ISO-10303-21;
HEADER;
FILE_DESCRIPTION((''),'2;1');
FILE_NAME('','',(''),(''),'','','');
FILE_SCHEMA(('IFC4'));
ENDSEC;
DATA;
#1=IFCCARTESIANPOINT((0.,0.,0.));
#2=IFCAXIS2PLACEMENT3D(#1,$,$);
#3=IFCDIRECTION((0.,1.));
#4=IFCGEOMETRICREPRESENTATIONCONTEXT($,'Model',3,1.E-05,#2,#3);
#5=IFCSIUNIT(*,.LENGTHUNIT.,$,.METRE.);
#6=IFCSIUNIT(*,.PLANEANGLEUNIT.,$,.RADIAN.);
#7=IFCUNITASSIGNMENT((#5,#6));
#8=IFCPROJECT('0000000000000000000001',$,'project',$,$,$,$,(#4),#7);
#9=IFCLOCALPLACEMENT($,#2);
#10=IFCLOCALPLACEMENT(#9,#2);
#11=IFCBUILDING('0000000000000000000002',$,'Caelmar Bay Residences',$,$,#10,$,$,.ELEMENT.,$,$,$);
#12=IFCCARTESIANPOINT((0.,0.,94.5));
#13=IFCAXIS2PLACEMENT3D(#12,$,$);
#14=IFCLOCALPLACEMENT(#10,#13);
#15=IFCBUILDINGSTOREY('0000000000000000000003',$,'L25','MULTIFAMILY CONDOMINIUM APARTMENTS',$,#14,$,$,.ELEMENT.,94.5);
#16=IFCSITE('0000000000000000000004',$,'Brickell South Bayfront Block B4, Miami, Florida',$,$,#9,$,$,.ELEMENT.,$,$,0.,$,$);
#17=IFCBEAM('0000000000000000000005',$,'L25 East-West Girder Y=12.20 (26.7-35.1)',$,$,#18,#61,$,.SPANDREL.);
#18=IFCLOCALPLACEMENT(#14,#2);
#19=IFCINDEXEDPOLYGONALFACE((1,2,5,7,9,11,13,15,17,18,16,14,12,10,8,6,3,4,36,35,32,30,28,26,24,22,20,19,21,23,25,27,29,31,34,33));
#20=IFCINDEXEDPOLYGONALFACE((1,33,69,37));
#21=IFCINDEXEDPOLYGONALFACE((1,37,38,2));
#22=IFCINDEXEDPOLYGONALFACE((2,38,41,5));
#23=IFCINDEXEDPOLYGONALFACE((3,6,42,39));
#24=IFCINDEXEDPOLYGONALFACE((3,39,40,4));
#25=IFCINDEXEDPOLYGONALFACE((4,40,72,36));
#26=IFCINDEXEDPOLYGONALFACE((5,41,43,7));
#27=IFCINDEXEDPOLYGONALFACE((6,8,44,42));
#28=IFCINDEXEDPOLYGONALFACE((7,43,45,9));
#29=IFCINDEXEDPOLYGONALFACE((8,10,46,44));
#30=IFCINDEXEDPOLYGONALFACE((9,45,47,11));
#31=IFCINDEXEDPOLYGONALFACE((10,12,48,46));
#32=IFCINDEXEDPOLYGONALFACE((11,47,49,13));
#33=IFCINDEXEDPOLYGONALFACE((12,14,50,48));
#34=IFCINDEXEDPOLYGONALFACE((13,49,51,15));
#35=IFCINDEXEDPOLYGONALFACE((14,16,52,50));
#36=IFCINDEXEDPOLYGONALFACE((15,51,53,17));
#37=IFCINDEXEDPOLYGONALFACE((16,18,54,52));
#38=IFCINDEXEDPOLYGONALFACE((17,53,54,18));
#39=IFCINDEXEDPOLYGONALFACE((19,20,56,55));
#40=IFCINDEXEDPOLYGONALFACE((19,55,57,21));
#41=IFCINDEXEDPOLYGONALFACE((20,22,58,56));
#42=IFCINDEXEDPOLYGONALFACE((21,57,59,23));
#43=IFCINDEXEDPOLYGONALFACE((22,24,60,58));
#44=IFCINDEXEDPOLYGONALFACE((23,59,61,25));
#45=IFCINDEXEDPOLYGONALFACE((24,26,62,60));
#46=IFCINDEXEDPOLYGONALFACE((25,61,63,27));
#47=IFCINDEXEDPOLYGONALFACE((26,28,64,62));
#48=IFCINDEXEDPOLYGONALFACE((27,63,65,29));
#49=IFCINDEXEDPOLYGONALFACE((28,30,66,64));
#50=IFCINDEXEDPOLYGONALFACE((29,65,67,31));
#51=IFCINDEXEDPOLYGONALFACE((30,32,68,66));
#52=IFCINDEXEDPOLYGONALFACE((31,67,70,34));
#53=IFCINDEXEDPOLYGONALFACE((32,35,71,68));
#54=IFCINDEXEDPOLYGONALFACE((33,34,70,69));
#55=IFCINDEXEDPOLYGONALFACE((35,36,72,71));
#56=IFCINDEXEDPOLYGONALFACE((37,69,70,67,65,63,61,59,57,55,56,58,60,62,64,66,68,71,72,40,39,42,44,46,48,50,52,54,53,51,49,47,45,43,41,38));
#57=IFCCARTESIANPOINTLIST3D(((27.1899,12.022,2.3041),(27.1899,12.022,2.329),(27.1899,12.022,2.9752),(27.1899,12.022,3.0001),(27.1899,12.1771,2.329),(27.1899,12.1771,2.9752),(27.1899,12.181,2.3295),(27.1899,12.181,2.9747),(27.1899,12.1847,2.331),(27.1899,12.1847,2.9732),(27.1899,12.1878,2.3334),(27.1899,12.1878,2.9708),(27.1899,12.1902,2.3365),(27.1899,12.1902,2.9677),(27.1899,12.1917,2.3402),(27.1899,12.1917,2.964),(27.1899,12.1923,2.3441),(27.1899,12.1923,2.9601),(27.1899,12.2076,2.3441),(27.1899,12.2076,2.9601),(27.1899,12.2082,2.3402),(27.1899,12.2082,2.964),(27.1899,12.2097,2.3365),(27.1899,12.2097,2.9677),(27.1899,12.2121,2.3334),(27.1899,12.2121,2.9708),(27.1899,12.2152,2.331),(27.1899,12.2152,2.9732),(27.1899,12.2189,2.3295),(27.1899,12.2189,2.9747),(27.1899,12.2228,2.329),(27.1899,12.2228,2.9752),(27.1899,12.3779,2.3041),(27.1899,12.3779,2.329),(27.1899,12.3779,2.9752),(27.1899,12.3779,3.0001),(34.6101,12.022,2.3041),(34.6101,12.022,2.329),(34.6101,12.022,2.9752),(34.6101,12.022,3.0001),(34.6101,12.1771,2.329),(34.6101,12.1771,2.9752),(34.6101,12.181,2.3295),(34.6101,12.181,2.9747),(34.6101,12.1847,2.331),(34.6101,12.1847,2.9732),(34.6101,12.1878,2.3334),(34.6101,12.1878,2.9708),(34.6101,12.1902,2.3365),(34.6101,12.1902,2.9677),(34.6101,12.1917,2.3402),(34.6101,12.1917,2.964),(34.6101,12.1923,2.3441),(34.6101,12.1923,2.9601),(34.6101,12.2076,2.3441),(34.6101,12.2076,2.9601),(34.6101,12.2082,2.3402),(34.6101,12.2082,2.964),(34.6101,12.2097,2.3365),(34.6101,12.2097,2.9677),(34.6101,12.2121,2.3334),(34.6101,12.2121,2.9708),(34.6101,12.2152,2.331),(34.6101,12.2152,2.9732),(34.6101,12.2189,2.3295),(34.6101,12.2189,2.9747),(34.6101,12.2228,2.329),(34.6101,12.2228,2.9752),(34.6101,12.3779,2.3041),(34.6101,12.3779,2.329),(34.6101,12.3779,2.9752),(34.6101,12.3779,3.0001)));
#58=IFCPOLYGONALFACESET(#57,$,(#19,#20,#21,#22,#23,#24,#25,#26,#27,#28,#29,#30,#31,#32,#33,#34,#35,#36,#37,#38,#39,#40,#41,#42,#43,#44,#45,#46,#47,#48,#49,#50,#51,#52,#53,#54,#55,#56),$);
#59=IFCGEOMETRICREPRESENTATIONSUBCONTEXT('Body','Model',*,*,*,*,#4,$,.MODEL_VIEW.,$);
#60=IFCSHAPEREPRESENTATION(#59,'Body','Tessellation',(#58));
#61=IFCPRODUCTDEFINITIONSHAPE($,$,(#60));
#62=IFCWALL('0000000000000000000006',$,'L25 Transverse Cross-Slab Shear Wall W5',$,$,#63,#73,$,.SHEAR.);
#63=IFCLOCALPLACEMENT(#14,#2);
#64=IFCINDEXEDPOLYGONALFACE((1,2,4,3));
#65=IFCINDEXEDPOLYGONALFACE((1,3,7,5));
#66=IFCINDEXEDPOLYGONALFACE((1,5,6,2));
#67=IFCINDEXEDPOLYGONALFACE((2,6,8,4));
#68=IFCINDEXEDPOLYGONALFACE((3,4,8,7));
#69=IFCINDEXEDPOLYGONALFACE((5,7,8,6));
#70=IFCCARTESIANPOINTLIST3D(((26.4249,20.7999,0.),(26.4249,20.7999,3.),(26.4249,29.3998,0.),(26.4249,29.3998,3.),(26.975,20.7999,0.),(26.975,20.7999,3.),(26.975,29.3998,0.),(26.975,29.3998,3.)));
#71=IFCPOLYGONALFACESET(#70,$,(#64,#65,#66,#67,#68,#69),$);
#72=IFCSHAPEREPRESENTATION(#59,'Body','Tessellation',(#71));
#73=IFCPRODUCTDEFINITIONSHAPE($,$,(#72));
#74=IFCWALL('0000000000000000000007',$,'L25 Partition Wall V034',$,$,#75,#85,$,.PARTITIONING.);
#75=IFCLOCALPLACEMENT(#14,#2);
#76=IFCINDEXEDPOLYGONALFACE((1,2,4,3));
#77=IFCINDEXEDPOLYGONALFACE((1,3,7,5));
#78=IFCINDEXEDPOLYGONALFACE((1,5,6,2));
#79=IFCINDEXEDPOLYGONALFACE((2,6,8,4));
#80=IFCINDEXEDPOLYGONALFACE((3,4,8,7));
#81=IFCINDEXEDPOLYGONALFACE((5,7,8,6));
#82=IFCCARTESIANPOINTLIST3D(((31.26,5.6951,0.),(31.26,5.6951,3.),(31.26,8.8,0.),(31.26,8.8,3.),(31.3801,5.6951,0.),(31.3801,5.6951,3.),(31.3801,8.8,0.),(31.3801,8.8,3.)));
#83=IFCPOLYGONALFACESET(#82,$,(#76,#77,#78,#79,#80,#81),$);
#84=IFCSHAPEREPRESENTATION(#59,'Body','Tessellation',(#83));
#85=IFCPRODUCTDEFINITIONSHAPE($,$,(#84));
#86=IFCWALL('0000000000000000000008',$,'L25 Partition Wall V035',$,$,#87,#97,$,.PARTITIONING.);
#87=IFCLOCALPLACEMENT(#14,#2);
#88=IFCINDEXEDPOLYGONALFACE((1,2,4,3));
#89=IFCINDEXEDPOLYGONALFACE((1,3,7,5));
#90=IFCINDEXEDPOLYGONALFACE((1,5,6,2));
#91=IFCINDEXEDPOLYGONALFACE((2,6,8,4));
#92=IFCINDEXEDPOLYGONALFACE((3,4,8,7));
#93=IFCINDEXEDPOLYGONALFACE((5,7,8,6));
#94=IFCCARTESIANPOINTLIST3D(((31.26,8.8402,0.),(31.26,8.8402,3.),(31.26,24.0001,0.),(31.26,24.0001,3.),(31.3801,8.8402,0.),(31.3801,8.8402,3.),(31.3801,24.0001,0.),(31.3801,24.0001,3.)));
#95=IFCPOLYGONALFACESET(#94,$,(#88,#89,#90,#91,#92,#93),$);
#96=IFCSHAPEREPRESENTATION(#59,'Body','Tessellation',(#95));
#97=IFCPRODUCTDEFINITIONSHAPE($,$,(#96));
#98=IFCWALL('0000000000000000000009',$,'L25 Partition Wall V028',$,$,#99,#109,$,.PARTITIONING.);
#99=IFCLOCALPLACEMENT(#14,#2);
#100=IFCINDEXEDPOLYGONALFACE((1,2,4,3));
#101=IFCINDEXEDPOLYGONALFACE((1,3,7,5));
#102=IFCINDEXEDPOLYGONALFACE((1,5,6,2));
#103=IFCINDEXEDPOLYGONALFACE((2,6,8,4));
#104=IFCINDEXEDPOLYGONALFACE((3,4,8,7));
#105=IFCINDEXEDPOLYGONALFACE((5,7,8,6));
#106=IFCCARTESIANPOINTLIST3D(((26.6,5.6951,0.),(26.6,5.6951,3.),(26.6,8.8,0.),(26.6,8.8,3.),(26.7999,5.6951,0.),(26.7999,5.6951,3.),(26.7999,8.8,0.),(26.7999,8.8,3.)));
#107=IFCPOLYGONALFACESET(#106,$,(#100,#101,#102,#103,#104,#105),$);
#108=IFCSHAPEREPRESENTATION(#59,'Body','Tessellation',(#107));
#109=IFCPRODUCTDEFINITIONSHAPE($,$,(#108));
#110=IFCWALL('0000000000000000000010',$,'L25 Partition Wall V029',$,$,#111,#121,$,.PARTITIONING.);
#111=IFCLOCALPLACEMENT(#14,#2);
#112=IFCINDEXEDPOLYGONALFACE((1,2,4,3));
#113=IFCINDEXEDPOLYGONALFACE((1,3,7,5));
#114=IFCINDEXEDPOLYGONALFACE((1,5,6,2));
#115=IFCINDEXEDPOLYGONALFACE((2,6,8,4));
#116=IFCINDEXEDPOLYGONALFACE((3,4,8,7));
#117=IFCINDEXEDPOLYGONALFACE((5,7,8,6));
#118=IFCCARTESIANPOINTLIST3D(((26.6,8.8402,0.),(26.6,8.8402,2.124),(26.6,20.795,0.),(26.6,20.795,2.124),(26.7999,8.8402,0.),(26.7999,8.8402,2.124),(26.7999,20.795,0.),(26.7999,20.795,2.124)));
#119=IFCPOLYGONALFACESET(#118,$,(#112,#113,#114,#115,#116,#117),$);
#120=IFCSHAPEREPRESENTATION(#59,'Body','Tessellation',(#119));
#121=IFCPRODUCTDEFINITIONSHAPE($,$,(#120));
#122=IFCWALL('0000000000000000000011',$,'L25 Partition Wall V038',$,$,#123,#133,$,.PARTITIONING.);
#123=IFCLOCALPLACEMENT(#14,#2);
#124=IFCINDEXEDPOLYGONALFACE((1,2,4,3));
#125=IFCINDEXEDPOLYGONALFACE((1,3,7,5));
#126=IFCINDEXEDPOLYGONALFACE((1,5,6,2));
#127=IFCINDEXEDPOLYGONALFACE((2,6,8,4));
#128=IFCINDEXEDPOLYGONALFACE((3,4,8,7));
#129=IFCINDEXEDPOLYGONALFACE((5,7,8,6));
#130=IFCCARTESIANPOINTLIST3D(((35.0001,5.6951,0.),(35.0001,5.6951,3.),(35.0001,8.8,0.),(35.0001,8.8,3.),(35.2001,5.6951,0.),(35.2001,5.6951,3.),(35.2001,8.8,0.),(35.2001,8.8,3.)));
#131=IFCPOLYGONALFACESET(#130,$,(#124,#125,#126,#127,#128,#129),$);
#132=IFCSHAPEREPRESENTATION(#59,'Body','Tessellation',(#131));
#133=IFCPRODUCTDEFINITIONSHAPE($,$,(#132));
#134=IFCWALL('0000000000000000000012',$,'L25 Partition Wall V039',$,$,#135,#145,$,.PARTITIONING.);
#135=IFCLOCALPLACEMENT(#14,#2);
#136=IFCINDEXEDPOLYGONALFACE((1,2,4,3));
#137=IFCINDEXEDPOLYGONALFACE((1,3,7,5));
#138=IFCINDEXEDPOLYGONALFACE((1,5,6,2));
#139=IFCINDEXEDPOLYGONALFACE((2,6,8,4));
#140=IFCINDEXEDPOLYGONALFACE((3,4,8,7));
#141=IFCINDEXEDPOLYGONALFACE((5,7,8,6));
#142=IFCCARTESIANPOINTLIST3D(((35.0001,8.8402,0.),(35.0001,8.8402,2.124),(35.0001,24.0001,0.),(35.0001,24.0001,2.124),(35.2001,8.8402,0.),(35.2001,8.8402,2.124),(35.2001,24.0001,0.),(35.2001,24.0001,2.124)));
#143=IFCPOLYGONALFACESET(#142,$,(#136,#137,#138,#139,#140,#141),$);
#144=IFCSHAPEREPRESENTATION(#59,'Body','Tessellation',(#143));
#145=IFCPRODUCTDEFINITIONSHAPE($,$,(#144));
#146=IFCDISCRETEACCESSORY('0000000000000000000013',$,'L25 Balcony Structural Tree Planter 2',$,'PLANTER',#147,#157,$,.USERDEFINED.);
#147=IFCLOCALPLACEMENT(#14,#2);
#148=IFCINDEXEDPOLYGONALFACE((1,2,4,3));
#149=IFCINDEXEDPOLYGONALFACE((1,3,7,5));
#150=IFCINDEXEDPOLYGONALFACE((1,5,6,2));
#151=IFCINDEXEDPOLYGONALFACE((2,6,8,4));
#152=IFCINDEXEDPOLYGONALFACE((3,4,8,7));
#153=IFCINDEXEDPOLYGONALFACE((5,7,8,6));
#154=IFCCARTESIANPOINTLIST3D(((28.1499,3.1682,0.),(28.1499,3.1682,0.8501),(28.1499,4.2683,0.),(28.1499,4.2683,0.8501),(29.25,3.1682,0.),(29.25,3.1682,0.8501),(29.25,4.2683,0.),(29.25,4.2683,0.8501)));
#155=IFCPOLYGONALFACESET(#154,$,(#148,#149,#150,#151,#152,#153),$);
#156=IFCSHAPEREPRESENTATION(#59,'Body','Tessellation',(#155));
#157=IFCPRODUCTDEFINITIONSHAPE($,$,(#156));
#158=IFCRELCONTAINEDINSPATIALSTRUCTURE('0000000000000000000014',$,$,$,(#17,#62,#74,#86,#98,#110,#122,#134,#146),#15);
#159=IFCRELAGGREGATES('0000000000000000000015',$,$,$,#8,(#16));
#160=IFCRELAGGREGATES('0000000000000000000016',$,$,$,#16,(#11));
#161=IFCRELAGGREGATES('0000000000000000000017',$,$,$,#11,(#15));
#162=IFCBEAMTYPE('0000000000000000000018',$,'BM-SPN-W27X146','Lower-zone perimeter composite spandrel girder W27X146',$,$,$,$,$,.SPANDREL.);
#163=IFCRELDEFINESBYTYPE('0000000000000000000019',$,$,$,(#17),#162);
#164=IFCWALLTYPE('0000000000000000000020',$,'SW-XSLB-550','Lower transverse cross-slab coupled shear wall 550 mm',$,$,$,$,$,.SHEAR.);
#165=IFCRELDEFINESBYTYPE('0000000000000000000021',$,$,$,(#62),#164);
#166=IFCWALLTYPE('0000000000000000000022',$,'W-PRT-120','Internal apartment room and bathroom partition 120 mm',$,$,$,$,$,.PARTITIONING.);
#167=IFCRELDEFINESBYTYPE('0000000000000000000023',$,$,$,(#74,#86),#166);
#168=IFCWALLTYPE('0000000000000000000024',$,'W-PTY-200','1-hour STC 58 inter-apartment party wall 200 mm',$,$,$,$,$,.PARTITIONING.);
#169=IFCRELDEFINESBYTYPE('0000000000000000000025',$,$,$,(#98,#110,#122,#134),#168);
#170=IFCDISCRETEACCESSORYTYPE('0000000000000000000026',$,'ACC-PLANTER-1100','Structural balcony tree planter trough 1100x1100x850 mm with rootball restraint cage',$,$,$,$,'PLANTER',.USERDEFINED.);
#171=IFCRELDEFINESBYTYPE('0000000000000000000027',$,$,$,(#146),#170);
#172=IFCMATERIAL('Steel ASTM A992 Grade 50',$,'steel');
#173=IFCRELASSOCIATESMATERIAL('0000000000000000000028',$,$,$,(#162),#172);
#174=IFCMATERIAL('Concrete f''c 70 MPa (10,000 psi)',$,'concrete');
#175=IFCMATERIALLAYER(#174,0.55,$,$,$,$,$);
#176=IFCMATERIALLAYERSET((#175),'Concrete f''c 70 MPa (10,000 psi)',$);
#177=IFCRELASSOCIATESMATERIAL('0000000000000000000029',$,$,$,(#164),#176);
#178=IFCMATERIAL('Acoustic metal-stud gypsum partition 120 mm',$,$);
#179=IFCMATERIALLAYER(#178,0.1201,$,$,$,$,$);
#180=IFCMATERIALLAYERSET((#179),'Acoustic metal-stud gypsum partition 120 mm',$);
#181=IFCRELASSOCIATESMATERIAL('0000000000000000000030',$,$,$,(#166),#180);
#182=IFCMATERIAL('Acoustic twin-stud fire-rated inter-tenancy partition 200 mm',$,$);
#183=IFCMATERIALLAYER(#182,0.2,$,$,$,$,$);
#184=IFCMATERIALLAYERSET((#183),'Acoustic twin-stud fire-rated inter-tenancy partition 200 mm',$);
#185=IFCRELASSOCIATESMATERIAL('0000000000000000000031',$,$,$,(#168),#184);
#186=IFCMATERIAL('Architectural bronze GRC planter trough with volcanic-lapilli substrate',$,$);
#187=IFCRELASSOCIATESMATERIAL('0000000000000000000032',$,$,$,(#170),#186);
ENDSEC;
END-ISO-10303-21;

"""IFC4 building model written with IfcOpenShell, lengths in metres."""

from ifc_helpers import new_model, si_unit, direction, frame, frame_2d, origin, origin_2d, place, context, subcontext, project, spatial, rectangle, i_section, extrude, material, layer, layer_set, material_profile, profile_set, type_object, element, save


model = new_model("IFC4")

# Units and contexts
model_context = context("Model", 3, precision=1e-05, world=origin(), true_north=direction((0.0, 1.0)))
body_context = subcontext(model_context, "Body", "Model", "MODEL_VIEW")
ifc_project = project(units=[si_unit("LENGTHUNIT", "METRE"), si_unit("PLANEANGLEUNIT", "RADIAN")], contexts=[model_context])

# Site, building, storey
site_placement = place(None, origin())
site = spatial("IfcSite", under=ifc_project, at=site_placement, Name="Brickell South Bayfront Block B4, Miami, Florida", CompositionType="ELEMENT", RefElevation=0.0)
building_placement = place(site_placement, origin())
building = spatial("IfcBuilding", under=site, at=building_placement, Name="Caelmar Bay Residences", CompositionType="ELEMENT")
storey_placement = place(building_placement, frame((0.0, 0.0, 94.5)))
storey = spatial("IfcBuildingStorey", under=building, at=storey_placement, Name="L25", Description="MULTIFAMILY CONDOMINIUM APARTMENTS", CompositionType="ELEMENT", Elevation=94.5)

# Shared definitions
ifc_material_1 = material(Name="Concrete f'c 70 MPa (10,000 psi)", Category="concrete")

# Beam
ifc_material_2 = material(Name="Steel ASTM A992 Grade 50", Category="steel")
ifc_material_profile_1 = material_profile(ifc_material_2, i_section(OverallWidth=0.356, OverallDepth=0.696, WebThickness=0.0154, FlangeThickness=0.0249, FilletRadius=0.0151, at=origin_2d()), Name="W27X146")
ifc_profile_set_1 = profile_set([ifc_material_profile_1], Name="Steel ASTM A992 Grade 50")
beam_type_1 = type_object("IfcBeamType", Name="BM-SPN-W27X146", Description="Lower-zone perimeter composite spandrel girder W27X146", PredefinedType="SPANDREL", material=ifc_profile_set_1)
beam_1_placement = place(storey_placement, frame((27.1899, 12.2, 2.6521), z_axis=(1.0, 0.0, 0.0), x_axis=(0.0, 1.0, 0.0)))
element("IfcBeam", 1, at=beam_1_placement, inside=storey, type_object=beam_type_1, Name="L25 East-West Girder Y=12.20 (26.7-35.1)", PredefinedType="SPANDREL", context=body_context, shape_type="SweptSolid", body=[
    extrude(i_section(OverallWidth=0.356, OverallDepth=0.696, WebThickness=0.0154, FlangeThickness=0.0249, FilletRadius=0.0151, at=origin_2d()), origin(), (0.0, 0.0, 1.0), 7.4202),
])

# Walls
ifc_layer_1 = layer(ifc_material_1, 0.55)
ifc_layer_set_1 = layer_set([ifc_layer_1], Name="Concrete f'c 70 MPa (10,000 psi)")
wall_type_1 = type_object("IfcWallType", Name="SW-XSLB-550", Description="Lower transverse cross-slab coupled shear wall 550 mm", PredefinedType="SHEAR", material=ifc_layer_set_1)
wall_1_placement = place(storey_placement, frame((26.7, 20.8, 0.0), z_axis=(0.0, 0.0, 1.0), x_axis=(0.0, 1.0, 0.0)))
element("IfcWall", 2, at=wall_1_placement, inside=storey, type_object=wall_type_1, Name="L25 Transverse Cross-Slab Shear Wall W5", PredefinedType="SHEAR", context=body_context, shape_type="SweptSolid", body=[
    extrude(rectangle(XDim=8.5999, YDim=0.55, at=frame_2d((4.2998, 0.0))), origin(), (0.0, 0.0, 1.0), 3.0),
])
ifc_material_3 = material(Name="Acoustic metal-stud gypsum partition 120 mm")
ifc_layer_2 = layer(ifc_material_3, 0.1201)
ifc_layer_set_2 = layer_set([ifc_layer_2], Name="Acoustic metal-stud gypsum partition 120 mm")
wall_type_2 = type_object("IfcWallType", Name="W-PRT-120", Description="Internal apartment room and bathroom partition 120 mm", PredefinedType="PARTITIONING", material=ifc_layer_set_2)
wall_2_placement = place(storey_placement, frame((31.3201, 5.6951, 0.0), z_axis=(0.0, 0.0, 1.0), x_axis=(0.0, 1.0, 0.0)))
element("IfcWall", 3, at=wall_2_placement, inside=storey, type_object=wall_type_2, Name="L25 Partition Wall V034", PredefinedType="PARTITIONING", context=body_context, shape_type="SweptSolid", body=[
    extrude(rectangle(XDim=3.105, YDim=0.1201, at=frame_2d((1.5525, 0.0))), origin(), (0.0, 0.0, 1.0), 3.0),
])
wall_3_placement = place(storey_placement, frame((31.3201, 8.8401, 0.0), z_axis=(0.0, 0.0, 1.0), x_axis=(0.0, 1.0, 0.0)))
element("IfcWall", 4, at=wall_3_placement, inside=storey, type_object=wall_type_2, Name="L25 Partition Wall V035", PredefinedType="PARTITIONING", context=body_context, shape_type="SweptSolid", body=[
    extrude(rectangle(XDim=15.1599, YDim=0.1201, at=frame_2d((7.5801, 0.0))), origin(), (0.0, 0.0, 1.0), 3.0),
])

# Walls
ifc_material_4 = material(Name="Acoustic twin-stud fire-rated inter-tenancy partition 200 mm")
ifc_layer_3 = layer(ifc_material_4, 0.2)
ifc_layer_set_3 = layer_set([ifc_layer_3], Name="Acoustic twin-stud fire-rated inter-tenancy partition 200 mm")
wall_type_3 = type_object("IfcWallType", Name="W-PTY-200", Description="1-hour STC 58 inter-apartment party wall 200 mm", PredefinedType="PARTITIONING", material=ifc_layer_set_3)
wall_4_placement = place(storey_placement, frame((26.7, 5.6951, 0.0), z_axis=(0.0, 0.0, 1.0), x_axis=(0.0, 1.0, 0.0)))
element("IfcWall", 5, at=wall_4_placement, inside=storey, type_object=wall_type_3, Name="L25 Partition Wall V028", PredefinedType="PARTITIONING", context=body_context, shape_type="SweptSolid", body=[
    extrude(rectangle(XDim=3.105, YDim=0.2, at=frame_2d((1.5525, 0.0))), origin(), (0.0, 0.0, 1.0), 3.0),
])
wall_5_placement = place(storey_placement, frame((26.7, 8.8401, 0.0), z_axis=(0.0, 0.0, 1.0), x_axis=(0.0, 1.0, 0.0)))
element("IfcWall", 6, at=wall_5_placement, inside=storey, type_object=wall_type_3, Name="L25 Partition Wall V029", PredefinedType="PARTITIONING", context=body_context, shape_type="SweptSolid", body=[
    extrude(rectangle(XDim=11.9548, YDim=0.2, at=frame_2d((5.9775, 0.0))), origin(), (0.0, 0.0, 1.0), 2.124),
])
wall_6_placement = place(storey_placement, frame((35.1001, 5.6951, 0.0), z_axis=(0.0, 0.0, 1.0), x_axis=(0.0, 1.0, 0.0)))
element("IfcWall", 7, at=wall_6_placement, inside=storey, type_object=wall_type_3, Name="L25 Partition Wall V038", PredefinedType="PARTITIONING", context=body_context, shape_type="SweptSolid", body=[
    extrude(rectangle(XDim=3.105, YDim=0.2, at=frame_2d((1.5525, 0.0))), origin(), (0.0, 0.0, 1.0), 3.0),
])
wall_7_placement = place(storey_placement, frame((35.1001, 8.8401, 0.0), z_axis=(0.0, 0.0, 1.0), x_axis=(0.0, 1.0, 0.0)))
element("IfcWall", 8, at=wall_7_placement, inside=storey, type_object=wall_type_3, Name="L25 Partition Wall V039", PredefinedType="PARTITIONING", context=body_context, shape_type="SweptSolid", body=[
    extrude(rectangle(XDim=15.1599, YDim=0.2, at=frame_2d((7.5801, 0.0))), origin(), (0.0, 0.0, 1.0), 2.124),
])

# Discrete accessory
ifc_material_5 = material(Name="Architectural bronze GRC planter trough with volcanic-lapilli substrate")
discrete_accessory_type = type_object("IfcDiscreteAccessoryType", Name="ACC-PLANTER-1100", Description="Structural balcony tree planter trough 1100x1100x850 mm with rootball restraint cage", ElementType="PLANTER", PredefinedType="USERDEFINED", material=ifc_material_5)
discrete_accessory_placement = place(storey_placement, frame((28.7, 3.7183, 0.0), z_axis=(0.0, 0.0, 1.0), x_axis=(1.0, 0.0, 0.0)))
element("IfcDiscreteAccessory", 9, at=discrete_accessory_placement, inside=storey, type_object=discrete_accessory_type, Name="L25 Balcony Structural Tree Planter 2", ObjectType="PLANTER", PredefinedType="USERDEFINED", context=body_context, shape_type="SweptSolid", body=[
    extrude(rectangle(XDim=1.1001, YDim=1.1001, at=origin_2d()), origin(), (0.0, 0.0, 1.0), 0.8501),
])

save(model, "model.ifc")
